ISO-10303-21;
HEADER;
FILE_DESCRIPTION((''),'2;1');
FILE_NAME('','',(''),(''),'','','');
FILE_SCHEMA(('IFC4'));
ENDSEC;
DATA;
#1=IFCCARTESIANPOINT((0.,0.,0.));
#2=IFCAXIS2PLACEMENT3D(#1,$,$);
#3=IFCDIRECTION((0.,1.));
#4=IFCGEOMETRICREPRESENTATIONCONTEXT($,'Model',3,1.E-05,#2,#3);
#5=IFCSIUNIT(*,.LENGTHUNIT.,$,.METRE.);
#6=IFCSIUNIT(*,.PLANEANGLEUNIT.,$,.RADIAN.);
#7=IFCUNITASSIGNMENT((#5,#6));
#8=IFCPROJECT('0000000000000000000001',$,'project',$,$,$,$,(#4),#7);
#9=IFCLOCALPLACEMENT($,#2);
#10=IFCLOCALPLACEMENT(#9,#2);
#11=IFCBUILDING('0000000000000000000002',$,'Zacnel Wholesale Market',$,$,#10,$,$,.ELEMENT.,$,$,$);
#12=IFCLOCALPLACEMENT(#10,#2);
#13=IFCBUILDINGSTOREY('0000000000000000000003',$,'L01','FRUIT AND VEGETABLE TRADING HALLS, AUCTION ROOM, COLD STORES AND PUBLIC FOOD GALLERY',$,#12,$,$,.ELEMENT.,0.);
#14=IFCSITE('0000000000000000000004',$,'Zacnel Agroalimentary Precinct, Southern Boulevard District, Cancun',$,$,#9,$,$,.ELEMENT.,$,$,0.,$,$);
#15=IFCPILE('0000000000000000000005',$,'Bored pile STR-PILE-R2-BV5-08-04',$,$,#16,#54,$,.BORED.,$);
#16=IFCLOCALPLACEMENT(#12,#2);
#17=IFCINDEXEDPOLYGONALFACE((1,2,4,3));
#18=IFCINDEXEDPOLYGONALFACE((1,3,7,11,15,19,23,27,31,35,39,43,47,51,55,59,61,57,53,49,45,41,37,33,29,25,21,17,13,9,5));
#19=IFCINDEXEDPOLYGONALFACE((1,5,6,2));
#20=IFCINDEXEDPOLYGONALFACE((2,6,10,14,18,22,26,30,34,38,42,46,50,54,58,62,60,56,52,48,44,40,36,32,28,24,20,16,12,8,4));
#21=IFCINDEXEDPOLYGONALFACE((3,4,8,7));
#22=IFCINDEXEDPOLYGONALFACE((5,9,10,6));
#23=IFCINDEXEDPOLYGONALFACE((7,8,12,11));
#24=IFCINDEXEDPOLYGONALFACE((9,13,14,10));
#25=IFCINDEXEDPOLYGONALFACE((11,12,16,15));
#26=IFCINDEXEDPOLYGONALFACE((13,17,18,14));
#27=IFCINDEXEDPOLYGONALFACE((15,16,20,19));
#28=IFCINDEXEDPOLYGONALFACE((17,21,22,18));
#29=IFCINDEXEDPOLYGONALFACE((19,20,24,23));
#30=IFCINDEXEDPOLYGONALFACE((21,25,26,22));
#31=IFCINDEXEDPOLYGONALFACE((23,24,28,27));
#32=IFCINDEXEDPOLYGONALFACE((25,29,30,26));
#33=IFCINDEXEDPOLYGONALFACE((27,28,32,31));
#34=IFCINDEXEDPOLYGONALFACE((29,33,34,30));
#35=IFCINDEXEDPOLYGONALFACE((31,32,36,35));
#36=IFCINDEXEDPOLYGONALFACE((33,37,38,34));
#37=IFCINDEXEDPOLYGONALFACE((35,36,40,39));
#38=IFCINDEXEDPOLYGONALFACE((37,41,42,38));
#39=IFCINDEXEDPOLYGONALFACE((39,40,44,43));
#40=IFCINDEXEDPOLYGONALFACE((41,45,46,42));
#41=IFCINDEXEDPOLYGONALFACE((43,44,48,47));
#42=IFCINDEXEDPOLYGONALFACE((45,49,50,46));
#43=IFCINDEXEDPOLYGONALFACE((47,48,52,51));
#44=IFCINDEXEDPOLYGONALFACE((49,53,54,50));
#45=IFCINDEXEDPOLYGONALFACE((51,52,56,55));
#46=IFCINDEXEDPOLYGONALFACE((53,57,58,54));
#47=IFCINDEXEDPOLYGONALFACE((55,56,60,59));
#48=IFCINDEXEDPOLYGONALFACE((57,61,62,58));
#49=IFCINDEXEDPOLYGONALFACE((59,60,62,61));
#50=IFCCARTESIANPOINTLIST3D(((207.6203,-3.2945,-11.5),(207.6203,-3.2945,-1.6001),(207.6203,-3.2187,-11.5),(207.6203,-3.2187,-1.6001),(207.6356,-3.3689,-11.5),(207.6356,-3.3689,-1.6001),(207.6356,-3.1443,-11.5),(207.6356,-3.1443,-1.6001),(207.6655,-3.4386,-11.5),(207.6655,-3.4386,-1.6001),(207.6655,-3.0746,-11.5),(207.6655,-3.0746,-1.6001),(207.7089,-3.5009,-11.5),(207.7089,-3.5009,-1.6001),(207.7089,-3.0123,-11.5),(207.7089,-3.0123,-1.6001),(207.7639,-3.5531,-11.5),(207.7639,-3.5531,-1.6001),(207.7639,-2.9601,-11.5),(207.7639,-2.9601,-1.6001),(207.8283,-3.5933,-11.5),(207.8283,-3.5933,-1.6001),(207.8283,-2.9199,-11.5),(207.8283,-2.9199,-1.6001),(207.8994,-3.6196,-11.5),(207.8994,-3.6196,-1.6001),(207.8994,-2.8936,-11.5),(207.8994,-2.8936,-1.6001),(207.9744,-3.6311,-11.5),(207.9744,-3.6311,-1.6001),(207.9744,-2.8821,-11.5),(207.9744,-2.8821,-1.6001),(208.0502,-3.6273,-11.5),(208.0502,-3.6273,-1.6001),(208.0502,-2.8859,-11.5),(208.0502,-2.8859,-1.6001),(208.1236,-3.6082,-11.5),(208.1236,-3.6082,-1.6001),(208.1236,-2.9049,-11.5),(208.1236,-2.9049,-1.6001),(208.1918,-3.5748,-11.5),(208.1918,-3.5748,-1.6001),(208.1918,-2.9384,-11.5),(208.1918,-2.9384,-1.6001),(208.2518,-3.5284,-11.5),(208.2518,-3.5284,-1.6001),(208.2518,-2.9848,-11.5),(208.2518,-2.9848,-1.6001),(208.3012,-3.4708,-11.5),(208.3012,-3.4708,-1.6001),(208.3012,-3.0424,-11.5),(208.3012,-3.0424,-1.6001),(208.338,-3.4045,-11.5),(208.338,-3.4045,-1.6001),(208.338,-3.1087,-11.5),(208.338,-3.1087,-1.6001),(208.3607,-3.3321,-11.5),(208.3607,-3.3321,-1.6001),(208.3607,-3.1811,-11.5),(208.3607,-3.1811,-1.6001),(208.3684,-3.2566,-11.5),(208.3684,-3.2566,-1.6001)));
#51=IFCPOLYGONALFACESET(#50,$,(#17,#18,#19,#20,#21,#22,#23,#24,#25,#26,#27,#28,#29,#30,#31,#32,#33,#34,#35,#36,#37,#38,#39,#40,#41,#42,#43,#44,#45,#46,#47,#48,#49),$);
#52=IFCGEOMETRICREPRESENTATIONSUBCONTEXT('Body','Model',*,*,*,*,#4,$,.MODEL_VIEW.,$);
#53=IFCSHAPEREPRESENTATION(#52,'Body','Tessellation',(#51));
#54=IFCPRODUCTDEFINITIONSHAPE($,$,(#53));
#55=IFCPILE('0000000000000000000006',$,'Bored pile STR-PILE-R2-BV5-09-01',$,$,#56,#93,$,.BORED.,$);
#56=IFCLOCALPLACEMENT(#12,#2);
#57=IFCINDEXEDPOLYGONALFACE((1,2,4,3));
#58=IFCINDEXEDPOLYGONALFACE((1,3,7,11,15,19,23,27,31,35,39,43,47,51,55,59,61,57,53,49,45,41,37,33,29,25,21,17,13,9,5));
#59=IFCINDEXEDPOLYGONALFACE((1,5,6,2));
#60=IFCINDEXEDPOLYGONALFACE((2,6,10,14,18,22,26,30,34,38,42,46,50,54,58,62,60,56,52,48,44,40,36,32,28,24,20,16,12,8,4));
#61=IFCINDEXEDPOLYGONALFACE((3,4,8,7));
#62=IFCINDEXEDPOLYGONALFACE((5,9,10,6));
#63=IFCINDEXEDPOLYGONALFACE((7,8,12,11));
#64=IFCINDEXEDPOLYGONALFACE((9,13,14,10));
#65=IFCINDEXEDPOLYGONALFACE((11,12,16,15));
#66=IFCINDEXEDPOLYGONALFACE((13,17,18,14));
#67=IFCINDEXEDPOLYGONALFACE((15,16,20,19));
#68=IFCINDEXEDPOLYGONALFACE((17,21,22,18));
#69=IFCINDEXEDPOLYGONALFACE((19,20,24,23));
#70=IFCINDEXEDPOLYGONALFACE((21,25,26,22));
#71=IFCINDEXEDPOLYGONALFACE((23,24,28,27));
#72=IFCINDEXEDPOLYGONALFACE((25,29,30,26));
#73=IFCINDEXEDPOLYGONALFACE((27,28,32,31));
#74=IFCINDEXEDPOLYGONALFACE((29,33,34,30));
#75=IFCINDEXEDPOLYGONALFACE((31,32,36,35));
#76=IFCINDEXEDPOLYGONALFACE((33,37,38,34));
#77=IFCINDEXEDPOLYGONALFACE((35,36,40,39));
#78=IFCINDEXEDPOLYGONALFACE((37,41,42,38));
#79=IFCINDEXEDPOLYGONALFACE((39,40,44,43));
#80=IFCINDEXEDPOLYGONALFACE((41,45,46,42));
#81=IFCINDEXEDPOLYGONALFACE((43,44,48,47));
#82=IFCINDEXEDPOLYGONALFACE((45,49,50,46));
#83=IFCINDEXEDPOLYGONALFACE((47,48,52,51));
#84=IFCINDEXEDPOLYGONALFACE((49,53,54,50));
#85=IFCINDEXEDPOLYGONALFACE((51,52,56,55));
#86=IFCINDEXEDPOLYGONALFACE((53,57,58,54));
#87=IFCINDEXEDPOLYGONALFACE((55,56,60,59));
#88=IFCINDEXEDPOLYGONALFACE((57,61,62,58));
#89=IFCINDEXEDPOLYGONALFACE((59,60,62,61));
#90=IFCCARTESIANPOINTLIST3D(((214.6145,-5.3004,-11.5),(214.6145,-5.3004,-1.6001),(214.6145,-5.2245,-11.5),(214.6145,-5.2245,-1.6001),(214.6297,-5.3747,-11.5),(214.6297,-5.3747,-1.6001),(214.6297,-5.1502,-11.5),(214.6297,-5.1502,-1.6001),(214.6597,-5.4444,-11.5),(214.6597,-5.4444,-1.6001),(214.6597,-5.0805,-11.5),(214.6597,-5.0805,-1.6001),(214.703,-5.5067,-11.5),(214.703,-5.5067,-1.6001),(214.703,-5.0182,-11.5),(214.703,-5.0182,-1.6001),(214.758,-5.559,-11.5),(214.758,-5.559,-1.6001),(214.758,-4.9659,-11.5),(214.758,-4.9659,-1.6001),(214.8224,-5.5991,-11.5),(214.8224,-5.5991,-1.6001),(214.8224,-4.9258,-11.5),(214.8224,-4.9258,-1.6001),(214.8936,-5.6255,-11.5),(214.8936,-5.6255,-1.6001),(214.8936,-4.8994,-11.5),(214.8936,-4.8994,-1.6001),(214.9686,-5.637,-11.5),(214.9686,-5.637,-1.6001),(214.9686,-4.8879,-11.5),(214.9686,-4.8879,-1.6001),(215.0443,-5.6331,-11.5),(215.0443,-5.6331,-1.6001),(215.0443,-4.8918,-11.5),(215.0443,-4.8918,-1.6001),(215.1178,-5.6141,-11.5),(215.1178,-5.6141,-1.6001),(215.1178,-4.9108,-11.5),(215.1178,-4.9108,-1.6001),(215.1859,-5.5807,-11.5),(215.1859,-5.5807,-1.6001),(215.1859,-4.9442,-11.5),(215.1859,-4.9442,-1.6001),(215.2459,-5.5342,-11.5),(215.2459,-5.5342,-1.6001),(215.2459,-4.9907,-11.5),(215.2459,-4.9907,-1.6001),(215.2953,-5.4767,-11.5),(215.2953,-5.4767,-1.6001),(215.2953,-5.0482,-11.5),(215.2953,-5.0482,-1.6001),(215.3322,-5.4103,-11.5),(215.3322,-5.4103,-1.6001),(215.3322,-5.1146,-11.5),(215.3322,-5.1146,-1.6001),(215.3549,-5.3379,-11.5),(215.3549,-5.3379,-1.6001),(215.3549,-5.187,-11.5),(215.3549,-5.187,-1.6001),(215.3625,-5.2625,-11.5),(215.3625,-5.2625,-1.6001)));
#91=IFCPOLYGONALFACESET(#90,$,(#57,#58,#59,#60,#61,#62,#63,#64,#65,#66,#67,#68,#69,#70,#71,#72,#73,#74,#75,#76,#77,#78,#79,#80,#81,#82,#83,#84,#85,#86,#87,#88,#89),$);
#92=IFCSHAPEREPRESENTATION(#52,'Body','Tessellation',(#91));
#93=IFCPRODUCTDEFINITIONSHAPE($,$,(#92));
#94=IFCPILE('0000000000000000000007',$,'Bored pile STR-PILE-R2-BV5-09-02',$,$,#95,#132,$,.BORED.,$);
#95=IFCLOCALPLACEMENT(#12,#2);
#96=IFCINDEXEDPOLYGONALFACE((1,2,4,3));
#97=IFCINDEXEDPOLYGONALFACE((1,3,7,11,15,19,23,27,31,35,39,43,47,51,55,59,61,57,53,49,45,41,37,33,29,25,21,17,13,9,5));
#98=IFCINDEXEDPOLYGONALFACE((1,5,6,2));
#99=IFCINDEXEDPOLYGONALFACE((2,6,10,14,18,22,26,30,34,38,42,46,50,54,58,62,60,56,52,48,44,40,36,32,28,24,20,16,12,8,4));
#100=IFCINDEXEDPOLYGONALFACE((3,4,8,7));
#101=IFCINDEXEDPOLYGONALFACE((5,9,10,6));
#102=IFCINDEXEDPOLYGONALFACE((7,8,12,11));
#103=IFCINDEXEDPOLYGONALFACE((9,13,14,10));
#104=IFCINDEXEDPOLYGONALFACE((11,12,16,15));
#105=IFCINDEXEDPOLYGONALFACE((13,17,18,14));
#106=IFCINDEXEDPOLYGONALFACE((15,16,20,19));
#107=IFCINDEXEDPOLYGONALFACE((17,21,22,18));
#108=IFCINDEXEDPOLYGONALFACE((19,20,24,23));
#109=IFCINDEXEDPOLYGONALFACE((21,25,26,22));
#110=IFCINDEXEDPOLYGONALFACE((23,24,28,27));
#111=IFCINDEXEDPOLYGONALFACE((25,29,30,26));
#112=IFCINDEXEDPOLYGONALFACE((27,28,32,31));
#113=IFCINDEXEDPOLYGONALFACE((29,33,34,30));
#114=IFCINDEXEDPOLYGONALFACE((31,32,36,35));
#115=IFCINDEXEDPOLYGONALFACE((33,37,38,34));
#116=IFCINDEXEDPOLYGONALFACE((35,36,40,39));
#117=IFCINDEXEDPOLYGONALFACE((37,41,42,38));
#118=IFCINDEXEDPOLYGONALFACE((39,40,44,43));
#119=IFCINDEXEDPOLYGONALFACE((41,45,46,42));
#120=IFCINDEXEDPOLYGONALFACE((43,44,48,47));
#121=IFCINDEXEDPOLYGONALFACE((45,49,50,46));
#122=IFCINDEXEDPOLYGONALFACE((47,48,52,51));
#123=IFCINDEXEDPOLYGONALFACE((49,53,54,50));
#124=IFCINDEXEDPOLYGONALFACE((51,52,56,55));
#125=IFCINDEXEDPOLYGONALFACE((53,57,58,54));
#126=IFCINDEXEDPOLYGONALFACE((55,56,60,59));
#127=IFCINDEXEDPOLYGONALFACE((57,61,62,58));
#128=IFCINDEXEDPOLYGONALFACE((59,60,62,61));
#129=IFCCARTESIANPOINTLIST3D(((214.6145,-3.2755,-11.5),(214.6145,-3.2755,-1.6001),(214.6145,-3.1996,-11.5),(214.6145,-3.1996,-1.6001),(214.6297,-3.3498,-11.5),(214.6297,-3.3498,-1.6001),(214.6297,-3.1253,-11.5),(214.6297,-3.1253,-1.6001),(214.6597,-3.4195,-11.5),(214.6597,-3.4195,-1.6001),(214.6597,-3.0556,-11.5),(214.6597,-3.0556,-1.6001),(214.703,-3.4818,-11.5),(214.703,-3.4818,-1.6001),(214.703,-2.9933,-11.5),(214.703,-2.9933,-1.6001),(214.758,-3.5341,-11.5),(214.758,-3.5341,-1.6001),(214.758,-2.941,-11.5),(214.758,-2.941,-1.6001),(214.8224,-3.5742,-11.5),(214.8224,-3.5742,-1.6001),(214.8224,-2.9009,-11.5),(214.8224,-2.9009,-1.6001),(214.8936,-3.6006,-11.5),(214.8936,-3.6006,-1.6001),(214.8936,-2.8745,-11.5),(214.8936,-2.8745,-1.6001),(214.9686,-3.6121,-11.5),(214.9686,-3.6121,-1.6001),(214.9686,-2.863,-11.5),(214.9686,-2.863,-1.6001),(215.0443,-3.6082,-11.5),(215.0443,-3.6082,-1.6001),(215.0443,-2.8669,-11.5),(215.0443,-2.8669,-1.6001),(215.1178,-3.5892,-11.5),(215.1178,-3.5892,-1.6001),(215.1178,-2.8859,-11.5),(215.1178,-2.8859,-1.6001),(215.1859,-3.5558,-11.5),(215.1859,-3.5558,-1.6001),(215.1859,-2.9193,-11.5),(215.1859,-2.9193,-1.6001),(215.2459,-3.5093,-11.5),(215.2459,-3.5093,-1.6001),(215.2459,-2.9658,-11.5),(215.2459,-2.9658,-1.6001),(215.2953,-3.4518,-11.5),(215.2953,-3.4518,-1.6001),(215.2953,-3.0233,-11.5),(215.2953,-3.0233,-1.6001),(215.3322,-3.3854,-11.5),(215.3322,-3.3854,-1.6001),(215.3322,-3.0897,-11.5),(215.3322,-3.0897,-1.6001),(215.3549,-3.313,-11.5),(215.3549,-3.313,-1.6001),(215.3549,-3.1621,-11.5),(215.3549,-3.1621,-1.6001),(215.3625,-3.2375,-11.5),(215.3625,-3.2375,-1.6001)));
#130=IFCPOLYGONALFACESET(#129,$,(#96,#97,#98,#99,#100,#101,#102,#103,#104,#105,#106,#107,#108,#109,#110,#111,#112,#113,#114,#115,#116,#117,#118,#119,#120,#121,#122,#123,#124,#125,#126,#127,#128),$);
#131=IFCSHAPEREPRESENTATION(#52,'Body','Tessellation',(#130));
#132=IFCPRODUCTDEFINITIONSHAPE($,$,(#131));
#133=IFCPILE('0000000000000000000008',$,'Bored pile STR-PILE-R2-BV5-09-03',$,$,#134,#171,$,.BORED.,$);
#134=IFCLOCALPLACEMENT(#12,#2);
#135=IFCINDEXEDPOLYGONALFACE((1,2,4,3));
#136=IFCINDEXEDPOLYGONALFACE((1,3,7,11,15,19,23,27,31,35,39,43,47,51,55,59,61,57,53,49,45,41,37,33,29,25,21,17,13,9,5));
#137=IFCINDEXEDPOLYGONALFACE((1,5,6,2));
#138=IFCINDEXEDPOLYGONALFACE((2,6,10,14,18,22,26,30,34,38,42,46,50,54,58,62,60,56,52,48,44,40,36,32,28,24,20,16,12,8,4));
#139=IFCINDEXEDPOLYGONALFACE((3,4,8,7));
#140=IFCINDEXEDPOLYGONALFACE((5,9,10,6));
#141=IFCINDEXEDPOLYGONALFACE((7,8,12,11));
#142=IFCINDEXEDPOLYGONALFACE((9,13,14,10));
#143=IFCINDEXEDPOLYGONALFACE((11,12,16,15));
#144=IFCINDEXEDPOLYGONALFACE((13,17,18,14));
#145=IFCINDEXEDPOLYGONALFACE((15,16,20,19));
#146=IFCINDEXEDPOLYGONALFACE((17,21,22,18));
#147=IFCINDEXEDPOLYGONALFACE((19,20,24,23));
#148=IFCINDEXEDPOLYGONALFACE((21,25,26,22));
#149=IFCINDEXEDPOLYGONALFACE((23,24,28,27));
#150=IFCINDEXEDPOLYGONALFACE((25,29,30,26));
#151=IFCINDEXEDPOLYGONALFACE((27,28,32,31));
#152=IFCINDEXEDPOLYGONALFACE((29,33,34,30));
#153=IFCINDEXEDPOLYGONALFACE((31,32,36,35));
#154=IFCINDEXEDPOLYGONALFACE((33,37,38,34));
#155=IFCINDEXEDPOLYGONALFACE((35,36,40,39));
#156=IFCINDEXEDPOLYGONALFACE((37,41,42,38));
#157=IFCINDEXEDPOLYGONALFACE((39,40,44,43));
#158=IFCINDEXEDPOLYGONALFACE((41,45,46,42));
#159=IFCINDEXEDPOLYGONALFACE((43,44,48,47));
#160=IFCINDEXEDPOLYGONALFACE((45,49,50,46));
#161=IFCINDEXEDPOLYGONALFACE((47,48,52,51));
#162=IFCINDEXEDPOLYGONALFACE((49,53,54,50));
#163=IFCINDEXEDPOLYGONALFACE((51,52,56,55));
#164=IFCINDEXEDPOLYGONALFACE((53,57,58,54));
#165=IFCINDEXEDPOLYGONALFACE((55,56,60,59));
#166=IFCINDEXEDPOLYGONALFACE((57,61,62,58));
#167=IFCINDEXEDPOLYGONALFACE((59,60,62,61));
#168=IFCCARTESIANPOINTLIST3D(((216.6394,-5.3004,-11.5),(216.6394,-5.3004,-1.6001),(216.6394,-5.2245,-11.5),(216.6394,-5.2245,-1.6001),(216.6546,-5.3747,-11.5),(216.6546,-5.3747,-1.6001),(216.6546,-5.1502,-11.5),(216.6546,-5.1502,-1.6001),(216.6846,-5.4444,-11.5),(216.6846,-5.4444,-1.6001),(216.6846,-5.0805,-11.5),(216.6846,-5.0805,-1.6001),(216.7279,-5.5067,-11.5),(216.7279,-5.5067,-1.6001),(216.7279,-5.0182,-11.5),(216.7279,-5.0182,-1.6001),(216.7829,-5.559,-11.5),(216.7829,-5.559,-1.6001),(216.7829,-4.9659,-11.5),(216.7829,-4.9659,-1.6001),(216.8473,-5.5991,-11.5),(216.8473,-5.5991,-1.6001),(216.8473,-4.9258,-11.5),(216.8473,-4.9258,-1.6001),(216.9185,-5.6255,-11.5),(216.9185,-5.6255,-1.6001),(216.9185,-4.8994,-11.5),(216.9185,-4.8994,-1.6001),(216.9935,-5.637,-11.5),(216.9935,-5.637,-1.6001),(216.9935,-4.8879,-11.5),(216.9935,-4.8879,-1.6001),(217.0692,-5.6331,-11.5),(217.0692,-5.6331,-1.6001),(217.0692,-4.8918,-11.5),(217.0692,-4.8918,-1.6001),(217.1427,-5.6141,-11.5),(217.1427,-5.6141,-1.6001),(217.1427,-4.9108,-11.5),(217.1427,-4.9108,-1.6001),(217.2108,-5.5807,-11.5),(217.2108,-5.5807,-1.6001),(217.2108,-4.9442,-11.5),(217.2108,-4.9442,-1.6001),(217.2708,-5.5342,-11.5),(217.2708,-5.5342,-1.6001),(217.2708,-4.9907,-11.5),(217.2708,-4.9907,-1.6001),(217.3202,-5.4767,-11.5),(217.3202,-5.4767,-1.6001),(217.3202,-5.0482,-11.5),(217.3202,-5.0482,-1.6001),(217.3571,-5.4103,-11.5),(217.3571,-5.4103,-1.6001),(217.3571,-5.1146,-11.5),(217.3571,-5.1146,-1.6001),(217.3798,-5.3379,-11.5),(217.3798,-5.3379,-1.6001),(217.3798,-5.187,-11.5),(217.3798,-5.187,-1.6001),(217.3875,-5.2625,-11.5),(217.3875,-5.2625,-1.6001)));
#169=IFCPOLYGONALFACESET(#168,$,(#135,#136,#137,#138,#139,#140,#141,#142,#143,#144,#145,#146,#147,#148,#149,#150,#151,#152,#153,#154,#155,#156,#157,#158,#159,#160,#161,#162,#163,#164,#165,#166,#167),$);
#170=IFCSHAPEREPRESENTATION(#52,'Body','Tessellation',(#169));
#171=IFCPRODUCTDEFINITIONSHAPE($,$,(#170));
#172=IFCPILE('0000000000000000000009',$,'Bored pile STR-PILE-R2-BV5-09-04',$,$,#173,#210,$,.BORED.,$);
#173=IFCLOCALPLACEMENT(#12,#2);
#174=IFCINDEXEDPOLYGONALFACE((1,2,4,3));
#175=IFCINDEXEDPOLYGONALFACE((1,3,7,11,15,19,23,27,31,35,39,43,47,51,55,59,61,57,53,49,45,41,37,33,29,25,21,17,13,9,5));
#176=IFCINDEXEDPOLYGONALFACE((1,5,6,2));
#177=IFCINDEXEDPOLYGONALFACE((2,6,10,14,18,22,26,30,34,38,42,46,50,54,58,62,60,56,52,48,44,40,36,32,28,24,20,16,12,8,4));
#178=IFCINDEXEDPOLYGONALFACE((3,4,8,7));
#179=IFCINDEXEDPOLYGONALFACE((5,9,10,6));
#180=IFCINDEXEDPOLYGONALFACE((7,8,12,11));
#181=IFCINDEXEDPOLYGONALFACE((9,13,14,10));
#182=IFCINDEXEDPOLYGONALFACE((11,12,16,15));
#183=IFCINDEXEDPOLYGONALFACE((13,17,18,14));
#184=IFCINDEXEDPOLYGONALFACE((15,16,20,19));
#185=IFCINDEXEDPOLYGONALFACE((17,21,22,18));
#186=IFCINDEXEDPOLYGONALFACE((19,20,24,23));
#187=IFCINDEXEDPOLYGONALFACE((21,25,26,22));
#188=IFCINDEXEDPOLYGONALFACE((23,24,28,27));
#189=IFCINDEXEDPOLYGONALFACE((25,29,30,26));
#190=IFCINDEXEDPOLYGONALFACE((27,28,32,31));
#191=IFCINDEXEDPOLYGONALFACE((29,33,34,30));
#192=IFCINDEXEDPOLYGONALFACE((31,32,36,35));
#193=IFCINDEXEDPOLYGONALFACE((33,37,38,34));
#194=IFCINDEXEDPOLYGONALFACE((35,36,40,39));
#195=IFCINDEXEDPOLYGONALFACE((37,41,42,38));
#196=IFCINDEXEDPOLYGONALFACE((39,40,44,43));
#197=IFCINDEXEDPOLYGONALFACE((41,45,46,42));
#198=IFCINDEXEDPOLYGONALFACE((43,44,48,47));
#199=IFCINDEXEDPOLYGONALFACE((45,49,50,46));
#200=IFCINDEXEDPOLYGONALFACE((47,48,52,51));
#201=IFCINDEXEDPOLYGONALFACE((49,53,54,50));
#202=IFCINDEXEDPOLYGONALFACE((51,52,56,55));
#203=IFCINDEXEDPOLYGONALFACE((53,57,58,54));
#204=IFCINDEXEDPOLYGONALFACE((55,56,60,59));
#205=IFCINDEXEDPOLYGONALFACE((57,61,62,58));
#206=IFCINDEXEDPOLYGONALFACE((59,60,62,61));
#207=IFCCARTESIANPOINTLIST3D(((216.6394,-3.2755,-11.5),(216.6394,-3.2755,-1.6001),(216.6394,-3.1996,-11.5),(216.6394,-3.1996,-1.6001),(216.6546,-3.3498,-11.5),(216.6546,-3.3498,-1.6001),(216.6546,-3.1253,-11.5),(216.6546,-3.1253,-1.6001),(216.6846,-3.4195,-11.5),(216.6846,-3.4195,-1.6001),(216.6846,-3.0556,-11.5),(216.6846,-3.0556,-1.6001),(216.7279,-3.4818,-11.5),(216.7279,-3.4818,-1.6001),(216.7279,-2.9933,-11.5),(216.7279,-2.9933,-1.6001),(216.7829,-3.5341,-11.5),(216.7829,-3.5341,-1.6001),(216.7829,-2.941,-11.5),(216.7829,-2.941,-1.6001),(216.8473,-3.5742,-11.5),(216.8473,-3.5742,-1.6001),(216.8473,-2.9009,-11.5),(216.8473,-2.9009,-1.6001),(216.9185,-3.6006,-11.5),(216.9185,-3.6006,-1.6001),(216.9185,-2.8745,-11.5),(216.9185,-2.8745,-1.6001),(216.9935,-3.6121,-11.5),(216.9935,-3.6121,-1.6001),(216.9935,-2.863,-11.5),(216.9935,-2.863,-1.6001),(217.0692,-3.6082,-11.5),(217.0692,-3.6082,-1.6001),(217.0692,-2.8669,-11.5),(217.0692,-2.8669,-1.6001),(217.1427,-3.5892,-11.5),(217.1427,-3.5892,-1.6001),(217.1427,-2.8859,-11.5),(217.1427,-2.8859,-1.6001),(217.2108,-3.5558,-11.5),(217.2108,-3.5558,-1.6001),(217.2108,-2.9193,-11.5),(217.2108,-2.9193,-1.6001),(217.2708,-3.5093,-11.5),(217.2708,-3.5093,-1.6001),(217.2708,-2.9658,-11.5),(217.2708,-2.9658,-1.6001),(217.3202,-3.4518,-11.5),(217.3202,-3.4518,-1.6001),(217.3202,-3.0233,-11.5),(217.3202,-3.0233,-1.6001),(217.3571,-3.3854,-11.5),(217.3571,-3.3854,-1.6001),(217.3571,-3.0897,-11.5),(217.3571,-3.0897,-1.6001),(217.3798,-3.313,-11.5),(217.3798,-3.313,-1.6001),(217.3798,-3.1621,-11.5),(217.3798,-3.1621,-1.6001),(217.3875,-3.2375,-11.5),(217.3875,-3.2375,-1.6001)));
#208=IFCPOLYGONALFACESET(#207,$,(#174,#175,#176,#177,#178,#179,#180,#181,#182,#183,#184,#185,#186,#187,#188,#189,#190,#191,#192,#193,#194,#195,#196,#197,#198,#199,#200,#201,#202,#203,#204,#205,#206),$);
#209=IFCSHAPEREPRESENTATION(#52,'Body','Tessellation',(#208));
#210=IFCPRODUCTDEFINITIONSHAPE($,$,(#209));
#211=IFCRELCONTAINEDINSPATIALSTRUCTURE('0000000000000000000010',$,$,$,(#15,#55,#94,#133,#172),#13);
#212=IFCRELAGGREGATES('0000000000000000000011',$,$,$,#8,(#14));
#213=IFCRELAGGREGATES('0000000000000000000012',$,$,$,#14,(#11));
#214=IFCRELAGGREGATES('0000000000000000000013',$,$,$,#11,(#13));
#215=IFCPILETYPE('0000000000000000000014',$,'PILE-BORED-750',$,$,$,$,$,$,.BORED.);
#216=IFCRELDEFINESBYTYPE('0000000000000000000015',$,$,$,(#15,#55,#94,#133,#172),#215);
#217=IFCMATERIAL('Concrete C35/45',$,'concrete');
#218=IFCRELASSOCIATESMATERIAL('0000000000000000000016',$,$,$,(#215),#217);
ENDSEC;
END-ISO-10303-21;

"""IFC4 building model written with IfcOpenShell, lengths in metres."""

from ifc_helpers import new_model, si_unit, direction, frame, origin, origin_2d, place, context, subcontext, project, spatial, circle, extrude, material, material_profile, profile_set, type_object, element, save


model = new_model("IFC4")

# Units and contexts
model_context = context("Model", 3, precision=1e-05, world=origin(), true_north=direction((0.0, 1.0)))
body_context = subcontext(model_context, "Body", "Model", "MODEL_VIEW")
ifc_project = project(units=[si_unit("LENGTHUNIT", "METRE"), si_unit("PLANEANGLEUNIT", "RADIAN")], contexts=[model_context])

# Site, building, storey
site_placement = place(None, origin())
site = spatial("IfcSite", under=ifc_project, at=site_placement, Name="Zacnel Agroalimentary Precinct, Southern Boulevard District, Cancun", CompositionType="ELEMENT", RefElevation=0.0)
building_placement = place(site_placement, origin())
building = spatial("IfcBuilding", under=site, at=building_placement, Name="Zacnel Wholesale Market", CompositionType="ELEMENT")
storey_placement = place(building_placement, origin())
storey = spatial("IfcBuildingStorey", under=building, at=storey_placement, Name="L01", Description="FRUIT AND VEGETABLE TRADING HALLS, AUCTION ROOM, COLD STORES AND PUBLIC FOOD GALLERY", CompositionType="ELEMENT", Elevation=0.0)

# Piles
ifc_material_1 = material(Name="Concrete C35/45", Category="concrete")
ifc_material_profile_1 = material_profile(ifc_material_1, circle(Radius=0.375, at=origin_2d()), Name="BORED PILE D750")
ifc_profile_set_1 = profile_set([ifc_material_profile_1], Name="Concrete C35/45")
pile_type_1 = type_object("IfcPileType", Name="PILE-BORED-750", PredefinedType="BORED", material=ifc_profile_set_1)
for number, where, z_axis, x_axis, name in (
    (1, (207.9934, -3.2566, -1.6001), (0.0, 0.0, -1.0), (1.0, 0.0, 0.0), "Bored pile STR-PILE-R2-BV5-08-04"),
    (2, (214.9875, -5.2625, -1.6001), (0.0, 0.0, -1.0), (1.0, 0.0, 0.0), "Bored pile STR-PILE-R2-BV5-09-01"),
    (3, (214.9875, -3.2375, -1.6001), (0.0, 0.0, -1.0), (1.0, 0.0, 0.0), "Bored pile STR-PILE-R2-BV5-09-02"),
    (4, (217.0125, -5.2625, -1.6001), (0.0, 0.0, -1.0), (1.0, 0.0, 0.0), "Bored pile STR-PILE-R2-BV5-09-03"),
    (5, (217.0125, -3.2375, -1.6001), (0.0, 0.0, -1.0), (1.0, 0.0, 0.0), "Bored pile STR-PILE-R2-BV5-09-04"),
):
    element("IfcPile", number, at=place(storey_placement, frame(where, z_axis=z_axis, x_axis=x_axis)), inside=storey, type_object=pile_type_1, Name=name, PredefinedType="BORED", context=body_context, shape_type="SweptSolid", body=[
        extrude(circle(Radius=0.375, at=origin_2d()), origin(), (0.0, 0.0, 1.0), 9.8999),
    ])

save(model, "model.ifc")
